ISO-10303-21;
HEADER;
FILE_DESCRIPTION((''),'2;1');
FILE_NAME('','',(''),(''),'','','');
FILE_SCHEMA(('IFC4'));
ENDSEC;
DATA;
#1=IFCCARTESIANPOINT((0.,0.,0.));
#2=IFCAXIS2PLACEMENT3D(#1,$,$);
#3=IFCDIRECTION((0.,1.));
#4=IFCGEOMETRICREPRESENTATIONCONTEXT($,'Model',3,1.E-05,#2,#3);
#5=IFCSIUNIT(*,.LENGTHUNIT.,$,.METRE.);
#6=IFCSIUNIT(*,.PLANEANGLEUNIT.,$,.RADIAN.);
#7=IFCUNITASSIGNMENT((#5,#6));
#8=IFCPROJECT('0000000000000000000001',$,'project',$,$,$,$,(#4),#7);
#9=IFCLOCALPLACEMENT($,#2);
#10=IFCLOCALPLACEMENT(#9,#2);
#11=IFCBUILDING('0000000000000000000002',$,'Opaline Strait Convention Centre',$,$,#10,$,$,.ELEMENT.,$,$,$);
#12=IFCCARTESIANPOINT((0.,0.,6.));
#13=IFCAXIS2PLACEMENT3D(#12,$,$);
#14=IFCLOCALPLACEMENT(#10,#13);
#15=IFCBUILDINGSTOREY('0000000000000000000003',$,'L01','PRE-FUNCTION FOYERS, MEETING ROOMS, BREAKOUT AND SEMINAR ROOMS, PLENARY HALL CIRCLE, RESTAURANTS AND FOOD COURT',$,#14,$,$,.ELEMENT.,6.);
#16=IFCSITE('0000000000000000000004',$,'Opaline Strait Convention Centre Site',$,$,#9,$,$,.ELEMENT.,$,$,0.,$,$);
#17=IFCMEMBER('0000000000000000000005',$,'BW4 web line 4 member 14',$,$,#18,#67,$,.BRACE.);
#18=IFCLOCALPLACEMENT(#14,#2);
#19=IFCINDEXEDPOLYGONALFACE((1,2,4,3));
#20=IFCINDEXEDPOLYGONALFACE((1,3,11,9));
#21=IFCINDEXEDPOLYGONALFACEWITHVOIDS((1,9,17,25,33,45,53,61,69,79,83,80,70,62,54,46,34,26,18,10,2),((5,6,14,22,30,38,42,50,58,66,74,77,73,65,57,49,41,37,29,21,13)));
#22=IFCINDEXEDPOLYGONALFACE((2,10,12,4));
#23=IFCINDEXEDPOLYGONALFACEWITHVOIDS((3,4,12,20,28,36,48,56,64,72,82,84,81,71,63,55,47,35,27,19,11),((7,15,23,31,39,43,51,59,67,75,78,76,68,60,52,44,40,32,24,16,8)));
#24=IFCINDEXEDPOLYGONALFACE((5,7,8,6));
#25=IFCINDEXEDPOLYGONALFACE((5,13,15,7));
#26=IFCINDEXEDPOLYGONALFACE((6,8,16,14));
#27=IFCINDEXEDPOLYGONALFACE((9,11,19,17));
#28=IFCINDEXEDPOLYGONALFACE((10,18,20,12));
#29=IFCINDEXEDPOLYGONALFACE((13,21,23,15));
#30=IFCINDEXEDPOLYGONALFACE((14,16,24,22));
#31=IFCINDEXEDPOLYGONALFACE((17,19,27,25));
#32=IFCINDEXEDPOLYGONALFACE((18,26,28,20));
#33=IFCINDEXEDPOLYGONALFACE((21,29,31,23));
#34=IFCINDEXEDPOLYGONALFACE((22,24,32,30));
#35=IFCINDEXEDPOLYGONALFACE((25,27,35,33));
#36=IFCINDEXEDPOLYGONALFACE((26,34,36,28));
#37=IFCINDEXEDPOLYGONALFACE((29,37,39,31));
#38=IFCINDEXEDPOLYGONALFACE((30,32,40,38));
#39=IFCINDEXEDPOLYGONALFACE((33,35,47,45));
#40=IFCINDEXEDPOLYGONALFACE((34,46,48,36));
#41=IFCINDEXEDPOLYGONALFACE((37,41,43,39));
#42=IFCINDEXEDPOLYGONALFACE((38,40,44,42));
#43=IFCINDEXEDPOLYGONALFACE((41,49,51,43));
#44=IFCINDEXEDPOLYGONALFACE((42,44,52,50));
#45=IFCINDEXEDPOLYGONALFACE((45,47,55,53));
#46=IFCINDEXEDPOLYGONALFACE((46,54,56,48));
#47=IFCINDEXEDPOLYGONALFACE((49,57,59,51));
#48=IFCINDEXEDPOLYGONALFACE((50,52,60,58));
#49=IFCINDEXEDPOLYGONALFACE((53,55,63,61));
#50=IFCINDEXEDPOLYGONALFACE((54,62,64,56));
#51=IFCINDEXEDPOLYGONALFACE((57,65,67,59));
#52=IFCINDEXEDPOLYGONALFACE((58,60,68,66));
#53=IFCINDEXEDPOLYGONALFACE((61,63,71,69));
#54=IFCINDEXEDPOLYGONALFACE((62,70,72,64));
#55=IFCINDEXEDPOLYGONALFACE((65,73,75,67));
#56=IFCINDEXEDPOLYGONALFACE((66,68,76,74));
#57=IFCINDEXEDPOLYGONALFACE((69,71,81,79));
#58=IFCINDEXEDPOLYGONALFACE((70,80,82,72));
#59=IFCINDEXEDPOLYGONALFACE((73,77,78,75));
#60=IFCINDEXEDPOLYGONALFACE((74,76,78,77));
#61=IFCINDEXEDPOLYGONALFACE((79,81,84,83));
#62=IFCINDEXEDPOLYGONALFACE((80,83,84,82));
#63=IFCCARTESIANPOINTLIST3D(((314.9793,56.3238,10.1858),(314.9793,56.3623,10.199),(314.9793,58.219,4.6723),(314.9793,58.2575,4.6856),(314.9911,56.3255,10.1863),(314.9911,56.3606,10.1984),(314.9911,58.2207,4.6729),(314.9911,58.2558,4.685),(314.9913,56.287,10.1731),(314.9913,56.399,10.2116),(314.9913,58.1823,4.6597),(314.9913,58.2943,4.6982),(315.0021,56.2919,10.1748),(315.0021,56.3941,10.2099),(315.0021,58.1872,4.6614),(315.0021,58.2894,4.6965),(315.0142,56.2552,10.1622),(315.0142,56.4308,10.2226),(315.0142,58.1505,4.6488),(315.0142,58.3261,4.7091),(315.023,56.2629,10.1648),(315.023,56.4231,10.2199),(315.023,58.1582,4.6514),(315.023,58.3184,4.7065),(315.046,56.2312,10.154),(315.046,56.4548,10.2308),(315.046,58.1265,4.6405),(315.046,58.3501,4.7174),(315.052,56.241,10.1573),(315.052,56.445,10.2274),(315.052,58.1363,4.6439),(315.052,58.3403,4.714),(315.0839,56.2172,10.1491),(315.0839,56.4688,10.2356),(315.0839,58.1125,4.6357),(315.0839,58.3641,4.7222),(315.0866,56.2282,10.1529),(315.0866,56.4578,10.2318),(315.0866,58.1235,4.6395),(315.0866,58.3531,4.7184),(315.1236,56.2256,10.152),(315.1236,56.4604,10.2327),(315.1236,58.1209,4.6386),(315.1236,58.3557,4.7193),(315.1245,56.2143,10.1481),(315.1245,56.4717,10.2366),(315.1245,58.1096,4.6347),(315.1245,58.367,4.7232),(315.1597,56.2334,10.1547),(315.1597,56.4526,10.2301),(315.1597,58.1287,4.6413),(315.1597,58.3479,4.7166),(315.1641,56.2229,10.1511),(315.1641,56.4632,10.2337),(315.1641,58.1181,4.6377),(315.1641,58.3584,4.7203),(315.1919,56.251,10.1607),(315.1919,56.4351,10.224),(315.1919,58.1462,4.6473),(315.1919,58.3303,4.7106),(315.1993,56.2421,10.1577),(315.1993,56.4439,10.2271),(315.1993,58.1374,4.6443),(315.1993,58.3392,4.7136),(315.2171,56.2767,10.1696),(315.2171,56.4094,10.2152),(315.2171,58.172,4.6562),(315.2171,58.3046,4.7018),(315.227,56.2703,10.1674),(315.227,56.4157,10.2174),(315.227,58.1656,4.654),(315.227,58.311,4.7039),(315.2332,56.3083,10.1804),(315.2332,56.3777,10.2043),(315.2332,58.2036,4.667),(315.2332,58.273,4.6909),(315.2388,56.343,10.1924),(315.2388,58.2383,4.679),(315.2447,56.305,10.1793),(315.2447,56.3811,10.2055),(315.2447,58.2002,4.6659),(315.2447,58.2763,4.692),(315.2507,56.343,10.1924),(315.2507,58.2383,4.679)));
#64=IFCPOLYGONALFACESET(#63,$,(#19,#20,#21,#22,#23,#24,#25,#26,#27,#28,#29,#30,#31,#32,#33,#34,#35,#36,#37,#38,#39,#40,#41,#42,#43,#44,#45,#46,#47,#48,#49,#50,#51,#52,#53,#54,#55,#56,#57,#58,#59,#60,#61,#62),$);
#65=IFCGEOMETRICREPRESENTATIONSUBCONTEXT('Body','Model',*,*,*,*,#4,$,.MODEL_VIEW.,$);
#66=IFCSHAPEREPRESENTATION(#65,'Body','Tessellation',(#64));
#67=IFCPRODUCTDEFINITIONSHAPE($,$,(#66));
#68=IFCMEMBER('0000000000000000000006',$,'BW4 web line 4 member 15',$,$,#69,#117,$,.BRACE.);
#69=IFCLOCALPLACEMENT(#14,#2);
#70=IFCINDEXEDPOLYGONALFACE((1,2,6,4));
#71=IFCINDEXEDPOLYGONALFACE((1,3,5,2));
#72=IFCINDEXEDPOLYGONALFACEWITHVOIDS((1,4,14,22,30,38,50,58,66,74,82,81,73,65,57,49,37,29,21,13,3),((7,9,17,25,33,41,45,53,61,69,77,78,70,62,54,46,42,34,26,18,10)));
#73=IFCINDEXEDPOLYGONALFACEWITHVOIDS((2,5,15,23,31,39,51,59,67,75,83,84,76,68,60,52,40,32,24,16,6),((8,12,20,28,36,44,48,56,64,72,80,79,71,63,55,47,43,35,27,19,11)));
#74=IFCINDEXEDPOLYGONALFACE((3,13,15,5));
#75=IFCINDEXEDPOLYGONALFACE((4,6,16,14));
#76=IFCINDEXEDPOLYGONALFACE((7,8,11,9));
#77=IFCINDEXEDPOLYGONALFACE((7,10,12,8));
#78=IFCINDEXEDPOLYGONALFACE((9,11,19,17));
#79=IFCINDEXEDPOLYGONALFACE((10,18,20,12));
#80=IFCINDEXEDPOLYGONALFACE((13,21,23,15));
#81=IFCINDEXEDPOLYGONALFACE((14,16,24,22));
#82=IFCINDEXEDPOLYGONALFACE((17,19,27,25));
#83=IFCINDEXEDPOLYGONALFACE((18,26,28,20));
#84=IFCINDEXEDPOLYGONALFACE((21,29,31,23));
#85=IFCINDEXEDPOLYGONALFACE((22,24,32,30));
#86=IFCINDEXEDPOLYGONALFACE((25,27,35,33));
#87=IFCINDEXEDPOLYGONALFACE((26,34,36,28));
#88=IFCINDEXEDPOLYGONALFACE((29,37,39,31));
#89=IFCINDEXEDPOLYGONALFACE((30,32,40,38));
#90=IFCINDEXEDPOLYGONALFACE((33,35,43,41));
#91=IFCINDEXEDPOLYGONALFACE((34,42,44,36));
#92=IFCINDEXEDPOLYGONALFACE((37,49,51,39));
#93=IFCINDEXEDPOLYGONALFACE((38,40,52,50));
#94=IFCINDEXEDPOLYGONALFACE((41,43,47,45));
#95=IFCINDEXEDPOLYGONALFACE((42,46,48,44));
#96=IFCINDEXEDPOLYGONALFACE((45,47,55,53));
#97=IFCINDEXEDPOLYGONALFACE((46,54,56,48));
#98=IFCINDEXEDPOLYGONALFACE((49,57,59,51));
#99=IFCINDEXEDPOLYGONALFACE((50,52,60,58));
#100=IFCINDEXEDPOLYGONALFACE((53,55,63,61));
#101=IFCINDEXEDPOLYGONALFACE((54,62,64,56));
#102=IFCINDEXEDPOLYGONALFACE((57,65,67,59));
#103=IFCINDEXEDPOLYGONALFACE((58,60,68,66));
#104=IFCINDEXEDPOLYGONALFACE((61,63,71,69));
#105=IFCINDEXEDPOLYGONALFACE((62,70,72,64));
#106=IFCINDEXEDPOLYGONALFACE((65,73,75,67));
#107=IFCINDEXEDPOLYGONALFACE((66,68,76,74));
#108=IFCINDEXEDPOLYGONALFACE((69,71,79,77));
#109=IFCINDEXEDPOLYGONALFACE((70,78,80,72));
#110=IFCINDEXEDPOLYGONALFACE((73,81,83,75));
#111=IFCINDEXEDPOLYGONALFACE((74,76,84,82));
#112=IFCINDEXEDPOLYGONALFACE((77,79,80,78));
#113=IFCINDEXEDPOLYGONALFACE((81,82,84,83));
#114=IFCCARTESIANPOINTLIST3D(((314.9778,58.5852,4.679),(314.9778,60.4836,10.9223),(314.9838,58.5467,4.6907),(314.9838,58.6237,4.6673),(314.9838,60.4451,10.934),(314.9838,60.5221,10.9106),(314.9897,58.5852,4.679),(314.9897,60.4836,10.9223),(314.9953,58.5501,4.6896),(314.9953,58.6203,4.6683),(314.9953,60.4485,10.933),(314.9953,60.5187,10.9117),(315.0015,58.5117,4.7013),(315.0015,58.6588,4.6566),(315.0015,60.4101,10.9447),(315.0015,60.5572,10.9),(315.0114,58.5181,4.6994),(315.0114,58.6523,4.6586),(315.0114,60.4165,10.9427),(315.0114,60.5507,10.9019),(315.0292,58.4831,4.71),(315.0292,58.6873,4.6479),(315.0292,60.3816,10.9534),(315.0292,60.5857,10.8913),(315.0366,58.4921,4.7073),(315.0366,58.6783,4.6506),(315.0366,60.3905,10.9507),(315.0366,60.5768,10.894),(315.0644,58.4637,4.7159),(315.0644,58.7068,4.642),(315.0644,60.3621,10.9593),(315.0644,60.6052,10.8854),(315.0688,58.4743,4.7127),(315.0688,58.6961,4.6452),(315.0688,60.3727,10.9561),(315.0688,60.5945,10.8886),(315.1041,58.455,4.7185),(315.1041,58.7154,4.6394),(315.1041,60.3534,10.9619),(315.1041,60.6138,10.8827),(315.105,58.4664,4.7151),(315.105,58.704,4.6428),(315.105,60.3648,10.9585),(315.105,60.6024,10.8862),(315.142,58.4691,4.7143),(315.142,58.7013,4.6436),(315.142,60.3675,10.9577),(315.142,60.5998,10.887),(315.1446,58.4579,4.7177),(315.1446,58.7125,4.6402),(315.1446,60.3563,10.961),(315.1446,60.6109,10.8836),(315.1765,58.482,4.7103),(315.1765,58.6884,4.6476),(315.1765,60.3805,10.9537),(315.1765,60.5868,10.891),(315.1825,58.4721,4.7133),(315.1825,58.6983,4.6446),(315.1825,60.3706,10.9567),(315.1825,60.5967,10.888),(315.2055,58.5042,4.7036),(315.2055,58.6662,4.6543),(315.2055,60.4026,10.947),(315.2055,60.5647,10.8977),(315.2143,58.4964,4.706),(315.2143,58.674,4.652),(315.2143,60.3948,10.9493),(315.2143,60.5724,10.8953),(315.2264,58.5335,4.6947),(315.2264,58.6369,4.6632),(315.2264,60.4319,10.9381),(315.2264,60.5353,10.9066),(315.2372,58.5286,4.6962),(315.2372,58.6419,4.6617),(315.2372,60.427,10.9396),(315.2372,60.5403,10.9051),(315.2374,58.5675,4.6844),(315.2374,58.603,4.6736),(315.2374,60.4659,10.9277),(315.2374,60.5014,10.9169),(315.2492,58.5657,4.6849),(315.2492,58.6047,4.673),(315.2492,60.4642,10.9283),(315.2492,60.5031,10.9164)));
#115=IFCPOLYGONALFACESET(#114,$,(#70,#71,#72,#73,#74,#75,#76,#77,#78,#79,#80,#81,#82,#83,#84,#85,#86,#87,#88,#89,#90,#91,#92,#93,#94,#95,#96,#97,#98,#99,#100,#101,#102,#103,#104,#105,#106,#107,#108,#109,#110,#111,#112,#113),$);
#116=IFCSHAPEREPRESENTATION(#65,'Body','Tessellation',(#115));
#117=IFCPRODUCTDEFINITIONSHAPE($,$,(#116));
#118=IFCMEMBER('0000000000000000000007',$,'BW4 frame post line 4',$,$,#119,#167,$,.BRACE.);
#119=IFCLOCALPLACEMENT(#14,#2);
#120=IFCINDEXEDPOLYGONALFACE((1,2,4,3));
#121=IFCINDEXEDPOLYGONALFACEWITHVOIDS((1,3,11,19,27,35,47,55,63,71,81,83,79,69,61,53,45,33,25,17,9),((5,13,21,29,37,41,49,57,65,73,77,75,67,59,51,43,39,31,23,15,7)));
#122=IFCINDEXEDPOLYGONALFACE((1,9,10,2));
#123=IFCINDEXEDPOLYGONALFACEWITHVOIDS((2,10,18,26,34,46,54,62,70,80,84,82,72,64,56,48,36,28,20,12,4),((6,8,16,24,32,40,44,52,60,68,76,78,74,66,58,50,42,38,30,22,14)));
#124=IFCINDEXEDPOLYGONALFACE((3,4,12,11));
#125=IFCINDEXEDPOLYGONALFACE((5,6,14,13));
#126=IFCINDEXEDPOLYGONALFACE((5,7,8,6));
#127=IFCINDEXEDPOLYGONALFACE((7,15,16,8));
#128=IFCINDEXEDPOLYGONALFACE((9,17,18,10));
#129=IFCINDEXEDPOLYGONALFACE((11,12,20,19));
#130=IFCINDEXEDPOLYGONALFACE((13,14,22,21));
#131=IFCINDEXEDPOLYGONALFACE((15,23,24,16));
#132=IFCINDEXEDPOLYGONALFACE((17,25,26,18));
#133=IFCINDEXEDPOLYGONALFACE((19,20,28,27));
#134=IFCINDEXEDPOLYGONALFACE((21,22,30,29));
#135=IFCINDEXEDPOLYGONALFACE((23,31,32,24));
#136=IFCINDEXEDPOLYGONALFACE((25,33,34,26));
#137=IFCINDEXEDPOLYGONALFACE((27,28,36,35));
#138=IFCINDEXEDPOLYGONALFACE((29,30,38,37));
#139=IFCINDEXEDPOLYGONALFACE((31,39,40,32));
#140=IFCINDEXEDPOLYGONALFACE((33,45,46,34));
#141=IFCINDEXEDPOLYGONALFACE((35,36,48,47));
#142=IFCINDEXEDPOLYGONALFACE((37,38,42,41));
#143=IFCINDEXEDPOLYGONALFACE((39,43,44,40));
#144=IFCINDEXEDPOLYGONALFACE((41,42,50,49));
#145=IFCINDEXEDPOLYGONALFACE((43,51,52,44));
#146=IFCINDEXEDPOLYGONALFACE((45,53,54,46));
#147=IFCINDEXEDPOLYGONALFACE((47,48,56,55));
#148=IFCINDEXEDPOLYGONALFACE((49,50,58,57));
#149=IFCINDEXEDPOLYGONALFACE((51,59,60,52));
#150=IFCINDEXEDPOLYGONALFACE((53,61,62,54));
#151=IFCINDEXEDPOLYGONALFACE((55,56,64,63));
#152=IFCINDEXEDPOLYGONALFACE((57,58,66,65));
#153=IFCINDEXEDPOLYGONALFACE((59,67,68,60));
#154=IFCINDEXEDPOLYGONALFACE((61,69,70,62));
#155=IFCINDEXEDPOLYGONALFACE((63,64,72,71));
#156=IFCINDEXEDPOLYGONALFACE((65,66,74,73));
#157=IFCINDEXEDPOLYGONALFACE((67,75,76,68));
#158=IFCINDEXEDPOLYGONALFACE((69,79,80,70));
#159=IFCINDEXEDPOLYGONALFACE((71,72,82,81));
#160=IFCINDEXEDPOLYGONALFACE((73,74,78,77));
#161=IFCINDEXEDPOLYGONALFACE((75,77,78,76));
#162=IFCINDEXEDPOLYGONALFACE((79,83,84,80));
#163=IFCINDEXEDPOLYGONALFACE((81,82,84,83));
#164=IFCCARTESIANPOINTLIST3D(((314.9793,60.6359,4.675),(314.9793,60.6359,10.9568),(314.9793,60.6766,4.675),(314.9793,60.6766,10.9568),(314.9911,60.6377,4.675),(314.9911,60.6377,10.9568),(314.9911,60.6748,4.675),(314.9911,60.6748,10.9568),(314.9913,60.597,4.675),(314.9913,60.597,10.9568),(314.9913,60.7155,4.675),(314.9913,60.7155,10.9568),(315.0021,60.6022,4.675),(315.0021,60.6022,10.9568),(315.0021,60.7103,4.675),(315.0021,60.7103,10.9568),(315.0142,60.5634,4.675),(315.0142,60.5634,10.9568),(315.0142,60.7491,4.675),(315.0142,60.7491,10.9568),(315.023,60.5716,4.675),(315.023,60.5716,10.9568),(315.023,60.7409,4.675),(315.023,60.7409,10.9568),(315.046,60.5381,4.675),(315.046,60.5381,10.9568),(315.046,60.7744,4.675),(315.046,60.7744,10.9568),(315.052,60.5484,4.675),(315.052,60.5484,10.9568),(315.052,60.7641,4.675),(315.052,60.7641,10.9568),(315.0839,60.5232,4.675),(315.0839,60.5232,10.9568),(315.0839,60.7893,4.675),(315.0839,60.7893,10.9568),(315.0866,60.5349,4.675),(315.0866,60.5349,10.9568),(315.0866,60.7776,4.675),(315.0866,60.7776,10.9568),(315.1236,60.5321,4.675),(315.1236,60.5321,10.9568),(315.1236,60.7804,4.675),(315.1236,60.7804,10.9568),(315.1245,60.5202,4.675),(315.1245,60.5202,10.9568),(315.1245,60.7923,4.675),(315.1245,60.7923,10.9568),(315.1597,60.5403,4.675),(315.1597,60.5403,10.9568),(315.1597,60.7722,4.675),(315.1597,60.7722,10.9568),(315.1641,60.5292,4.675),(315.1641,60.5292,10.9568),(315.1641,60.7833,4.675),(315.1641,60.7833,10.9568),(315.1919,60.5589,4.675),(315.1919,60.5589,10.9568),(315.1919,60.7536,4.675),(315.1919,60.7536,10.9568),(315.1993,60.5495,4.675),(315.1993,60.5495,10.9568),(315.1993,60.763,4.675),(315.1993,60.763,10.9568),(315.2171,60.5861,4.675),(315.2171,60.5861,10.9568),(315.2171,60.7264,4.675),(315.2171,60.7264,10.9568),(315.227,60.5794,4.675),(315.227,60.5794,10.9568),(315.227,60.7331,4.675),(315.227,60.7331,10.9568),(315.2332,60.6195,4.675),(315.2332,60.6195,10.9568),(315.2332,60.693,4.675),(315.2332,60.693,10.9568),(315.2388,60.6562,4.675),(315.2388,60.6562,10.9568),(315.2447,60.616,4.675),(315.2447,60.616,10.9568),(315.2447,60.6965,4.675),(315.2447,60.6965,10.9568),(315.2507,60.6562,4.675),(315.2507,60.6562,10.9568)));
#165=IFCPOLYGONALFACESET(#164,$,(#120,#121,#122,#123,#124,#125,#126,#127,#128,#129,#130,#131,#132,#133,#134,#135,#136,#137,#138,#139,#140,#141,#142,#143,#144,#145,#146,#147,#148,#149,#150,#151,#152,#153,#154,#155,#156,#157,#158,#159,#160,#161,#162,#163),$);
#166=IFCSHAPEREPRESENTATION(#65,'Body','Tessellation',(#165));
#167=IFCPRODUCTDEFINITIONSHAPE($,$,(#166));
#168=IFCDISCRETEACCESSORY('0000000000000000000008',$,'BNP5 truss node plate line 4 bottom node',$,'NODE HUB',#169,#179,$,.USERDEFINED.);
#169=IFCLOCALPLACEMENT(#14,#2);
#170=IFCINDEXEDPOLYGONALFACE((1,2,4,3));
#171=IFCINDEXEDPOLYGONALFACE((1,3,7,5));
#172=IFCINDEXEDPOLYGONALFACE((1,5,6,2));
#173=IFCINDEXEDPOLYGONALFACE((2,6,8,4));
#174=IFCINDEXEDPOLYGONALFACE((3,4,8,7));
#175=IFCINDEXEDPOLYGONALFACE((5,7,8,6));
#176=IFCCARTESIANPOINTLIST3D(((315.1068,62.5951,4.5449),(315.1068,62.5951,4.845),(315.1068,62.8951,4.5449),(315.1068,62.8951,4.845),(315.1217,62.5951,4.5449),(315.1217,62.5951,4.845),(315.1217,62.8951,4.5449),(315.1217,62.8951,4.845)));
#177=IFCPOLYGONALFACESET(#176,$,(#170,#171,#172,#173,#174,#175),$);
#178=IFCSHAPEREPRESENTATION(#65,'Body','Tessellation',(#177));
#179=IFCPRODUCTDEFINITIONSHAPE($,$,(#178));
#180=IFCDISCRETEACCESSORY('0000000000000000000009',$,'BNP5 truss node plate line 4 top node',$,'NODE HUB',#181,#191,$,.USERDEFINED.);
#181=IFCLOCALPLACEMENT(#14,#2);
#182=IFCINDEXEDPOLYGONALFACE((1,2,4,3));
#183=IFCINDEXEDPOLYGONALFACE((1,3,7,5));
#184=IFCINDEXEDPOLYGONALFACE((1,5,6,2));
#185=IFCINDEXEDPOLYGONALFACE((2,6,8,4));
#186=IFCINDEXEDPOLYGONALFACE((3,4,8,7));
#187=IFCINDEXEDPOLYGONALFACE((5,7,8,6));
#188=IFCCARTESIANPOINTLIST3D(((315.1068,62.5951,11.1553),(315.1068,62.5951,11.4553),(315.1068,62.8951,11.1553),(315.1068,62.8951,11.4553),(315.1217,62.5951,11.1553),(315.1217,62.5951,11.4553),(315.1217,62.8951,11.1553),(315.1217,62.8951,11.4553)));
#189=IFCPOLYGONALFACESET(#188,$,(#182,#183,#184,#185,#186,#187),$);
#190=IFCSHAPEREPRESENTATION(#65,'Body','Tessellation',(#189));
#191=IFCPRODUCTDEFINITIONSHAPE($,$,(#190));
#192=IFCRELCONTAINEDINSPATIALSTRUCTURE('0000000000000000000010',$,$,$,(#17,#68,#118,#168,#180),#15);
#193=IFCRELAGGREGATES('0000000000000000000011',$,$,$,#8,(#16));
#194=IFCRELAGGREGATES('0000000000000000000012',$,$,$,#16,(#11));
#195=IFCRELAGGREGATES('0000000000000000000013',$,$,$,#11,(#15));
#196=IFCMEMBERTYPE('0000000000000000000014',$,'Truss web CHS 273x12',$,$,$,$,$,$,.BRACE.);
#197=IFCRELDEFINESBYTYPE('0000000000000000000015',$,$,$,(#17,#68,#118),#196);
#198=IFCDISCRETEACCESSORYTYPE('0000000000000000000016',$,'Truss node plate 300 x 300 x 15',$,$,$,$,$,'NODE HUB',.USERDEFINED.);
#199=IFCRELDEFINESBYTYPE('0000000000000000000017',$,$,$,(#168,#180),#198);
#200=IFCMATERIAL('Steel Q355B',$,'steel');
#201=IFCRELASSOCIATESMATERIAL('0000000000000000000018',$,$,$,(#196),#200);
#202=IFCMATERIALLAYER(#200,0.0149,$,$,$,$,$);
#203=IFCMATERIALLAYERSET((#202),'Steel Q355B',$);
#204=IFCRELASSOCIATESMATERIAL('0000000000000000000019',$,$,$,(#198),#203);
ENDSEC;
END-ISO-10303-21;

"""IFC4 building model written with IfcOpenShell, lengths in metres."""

from ifc_helpers import new_model, si_unit, direction, frame, origin, origin_2d, place, context, subcontext, project, spatial, rectangle, hollow_circle, extrude, material, layer, layer_set, material_profile, profile_set, type_object, element, save


model = new_model("IFC4")

# Units and contexts
model_context = context("Model", 3, precision=1e-05, world=origin(), true_north=direction((0.0, 1.0)))
body_context = subcontext(model_context, "Body", "Model", "MODEL_VIEW")
ifc_project = project(units=[si_unit("LENGTHUNIT", "METRE"), si_unit("PLANEANGLEUNIT", "RADIAN")], contexts=[model_context])

# Site, building, storey
site_placement = place(None, origin())
site = spatial("IfcSite", under=ifc_project, at=site_placement, Name="Opaline Strait Convention Centre Site", CompositionType="ELEMENT", RefElevation=0.0)
building_placement = place(site_placement, origin())
building = spatial("IfcBuilding", under=site, at=building_placement, Name="Opaline Strait Convention Centre", CompositionType="ELEMENT")
storey_placement = place(building_placement, frame((0.0, 0.0, 6.0)))
storey = spatial("IfcBuildingStorey", under=building, at=storey_placement, Name="L01", Description="PRE-FUNCTION FOYERS, MEETING ROOMS, BREAKOUT AND SEMINAR ROOMS, PLENARY HALL CIRCLE, RESTAURANTS AND FOOD COURT", CompositionType="ELEMENT", Elevation=6.0)

# Members
ifc_material_1 = material(Name="Steel Q355B", Category="steel")
ifc_material_profile_1 = material_profile(ifc_material_1, hollow_circle(Radius=0.1365, WallThickness=0.012, at=origin_2d()), Name="CHS 273x12")
ifc_profile_set_1 = profile_set([ifc_material_profile_1], Name="Steel Q355B")
member_type_1 = type_object("IfcMemberType", Name="Truss web CHS 273x12", PredefinedType="BRACE", material=ifc_profile_set_1)
member_1_placement = place(storey_placement, frame((315.1143, 58.2383, 4.679), z_axis=(0.0, -0.325083, 0.945685), x_axis=(1.0, 0.0, 0.0)))
element("IfcMember", 1, at=member_1_placement, inside=storey, type_object=member_type_1, Name="BW4 web line 4 member 14", PredefinedType="BRACE", context=body_context, shape_type="SweptSolid", body=[
    extrude(hollow_circle(Radius=0.1365, WallThickness=0.012, at=origin_2d()), origin(), (0.0, 0.0, 1.0), 5.8301),
])
member_2_placement = place(storey_placement, frame((315.1143, 58.5852, 4.679), z_axis=(0.0, 0.290919, 0.956748), x_axis=(-1.0, 0.0, 0.0)))
element("IfcMember", 2, at=member_2_placement, inside=storey, type_object=member_type_1, Name="BW4 web line 4 member 15", PredefinedType="BRACE", context=body_context, shape_type="SweptSolid", body=[
    extrude(hollow_circle(Radius=0.1365, WallThickness=0.012, at=origin_2d()), origin(), (0.0, 0.0, 1.0), 6.5256),
])
member_3_placement = place(storey_placement, frame((315.1143, 60.6562, 4.675), z_axis=(0.0, 0.0, 1.0), x_axis=(1.0, 0.0, 0.0)))
element("IfcMember", 3, at=member_3_placement, inside=storey, type_object=member_type_1, Name="BW4 frame post line 4", PredefinedType="BRACE", context=body_context, shape_type="SweptSolid", body=[
    extrude(hollow_circle(Radius=0.1365, WallThickness=0.012, at=origin_2d()), origin(), (0.0, 0.0, 1.0), 6.2817),
])

# Discrete accessories
ifc_layer_1 = layer(ifc_material_1, 0.0149)
ifc_layer_set_1 = layer_set([ifc_layer_1], Name="Steel Q355B")
discrete_accessory_type_1 = type_object("IfcDiscreteAccessoryType", Name="Truss node plate 300 x 300 x 15", ElementType="NODE HUB", PredefinedType="USERDEFINED", material=ifc_layer_set_1)
for number, where, z_axis, x_axis, name in (
    (4, (315.1143, 62.7451, 4.5449), (0.0, 0.0, 1.0), (1.0, 0.0, 0.0), "BNP5 truss node plate line 4 bottom node"),
    (5, (315.1143, 62.7451, 11.1553), (0.0, 0.0, 1.0), (1.0, 0.0, 0.0), "BNP5 truss node plate line 4 top node"),
):
    element("IfcDiscreteAccessory", number, at=place(storey_placement, frame(where, z_axis=z_axis, x_axis=x_axis)), inside=storey, type_object=discrete_accessory_type_1, Name=name, ObjectType="NODE HUB", PredefinedType="USERDEFINED", context=body_context, shape_type="SweptSolid", body=[
        extrude(rectangle(XDim=0.0149, YDim=0.3, at=origin_2d()), origin(), (0.0, 0.0, 1.0), 0.3),
    ])

save(model, "model.ifc")
